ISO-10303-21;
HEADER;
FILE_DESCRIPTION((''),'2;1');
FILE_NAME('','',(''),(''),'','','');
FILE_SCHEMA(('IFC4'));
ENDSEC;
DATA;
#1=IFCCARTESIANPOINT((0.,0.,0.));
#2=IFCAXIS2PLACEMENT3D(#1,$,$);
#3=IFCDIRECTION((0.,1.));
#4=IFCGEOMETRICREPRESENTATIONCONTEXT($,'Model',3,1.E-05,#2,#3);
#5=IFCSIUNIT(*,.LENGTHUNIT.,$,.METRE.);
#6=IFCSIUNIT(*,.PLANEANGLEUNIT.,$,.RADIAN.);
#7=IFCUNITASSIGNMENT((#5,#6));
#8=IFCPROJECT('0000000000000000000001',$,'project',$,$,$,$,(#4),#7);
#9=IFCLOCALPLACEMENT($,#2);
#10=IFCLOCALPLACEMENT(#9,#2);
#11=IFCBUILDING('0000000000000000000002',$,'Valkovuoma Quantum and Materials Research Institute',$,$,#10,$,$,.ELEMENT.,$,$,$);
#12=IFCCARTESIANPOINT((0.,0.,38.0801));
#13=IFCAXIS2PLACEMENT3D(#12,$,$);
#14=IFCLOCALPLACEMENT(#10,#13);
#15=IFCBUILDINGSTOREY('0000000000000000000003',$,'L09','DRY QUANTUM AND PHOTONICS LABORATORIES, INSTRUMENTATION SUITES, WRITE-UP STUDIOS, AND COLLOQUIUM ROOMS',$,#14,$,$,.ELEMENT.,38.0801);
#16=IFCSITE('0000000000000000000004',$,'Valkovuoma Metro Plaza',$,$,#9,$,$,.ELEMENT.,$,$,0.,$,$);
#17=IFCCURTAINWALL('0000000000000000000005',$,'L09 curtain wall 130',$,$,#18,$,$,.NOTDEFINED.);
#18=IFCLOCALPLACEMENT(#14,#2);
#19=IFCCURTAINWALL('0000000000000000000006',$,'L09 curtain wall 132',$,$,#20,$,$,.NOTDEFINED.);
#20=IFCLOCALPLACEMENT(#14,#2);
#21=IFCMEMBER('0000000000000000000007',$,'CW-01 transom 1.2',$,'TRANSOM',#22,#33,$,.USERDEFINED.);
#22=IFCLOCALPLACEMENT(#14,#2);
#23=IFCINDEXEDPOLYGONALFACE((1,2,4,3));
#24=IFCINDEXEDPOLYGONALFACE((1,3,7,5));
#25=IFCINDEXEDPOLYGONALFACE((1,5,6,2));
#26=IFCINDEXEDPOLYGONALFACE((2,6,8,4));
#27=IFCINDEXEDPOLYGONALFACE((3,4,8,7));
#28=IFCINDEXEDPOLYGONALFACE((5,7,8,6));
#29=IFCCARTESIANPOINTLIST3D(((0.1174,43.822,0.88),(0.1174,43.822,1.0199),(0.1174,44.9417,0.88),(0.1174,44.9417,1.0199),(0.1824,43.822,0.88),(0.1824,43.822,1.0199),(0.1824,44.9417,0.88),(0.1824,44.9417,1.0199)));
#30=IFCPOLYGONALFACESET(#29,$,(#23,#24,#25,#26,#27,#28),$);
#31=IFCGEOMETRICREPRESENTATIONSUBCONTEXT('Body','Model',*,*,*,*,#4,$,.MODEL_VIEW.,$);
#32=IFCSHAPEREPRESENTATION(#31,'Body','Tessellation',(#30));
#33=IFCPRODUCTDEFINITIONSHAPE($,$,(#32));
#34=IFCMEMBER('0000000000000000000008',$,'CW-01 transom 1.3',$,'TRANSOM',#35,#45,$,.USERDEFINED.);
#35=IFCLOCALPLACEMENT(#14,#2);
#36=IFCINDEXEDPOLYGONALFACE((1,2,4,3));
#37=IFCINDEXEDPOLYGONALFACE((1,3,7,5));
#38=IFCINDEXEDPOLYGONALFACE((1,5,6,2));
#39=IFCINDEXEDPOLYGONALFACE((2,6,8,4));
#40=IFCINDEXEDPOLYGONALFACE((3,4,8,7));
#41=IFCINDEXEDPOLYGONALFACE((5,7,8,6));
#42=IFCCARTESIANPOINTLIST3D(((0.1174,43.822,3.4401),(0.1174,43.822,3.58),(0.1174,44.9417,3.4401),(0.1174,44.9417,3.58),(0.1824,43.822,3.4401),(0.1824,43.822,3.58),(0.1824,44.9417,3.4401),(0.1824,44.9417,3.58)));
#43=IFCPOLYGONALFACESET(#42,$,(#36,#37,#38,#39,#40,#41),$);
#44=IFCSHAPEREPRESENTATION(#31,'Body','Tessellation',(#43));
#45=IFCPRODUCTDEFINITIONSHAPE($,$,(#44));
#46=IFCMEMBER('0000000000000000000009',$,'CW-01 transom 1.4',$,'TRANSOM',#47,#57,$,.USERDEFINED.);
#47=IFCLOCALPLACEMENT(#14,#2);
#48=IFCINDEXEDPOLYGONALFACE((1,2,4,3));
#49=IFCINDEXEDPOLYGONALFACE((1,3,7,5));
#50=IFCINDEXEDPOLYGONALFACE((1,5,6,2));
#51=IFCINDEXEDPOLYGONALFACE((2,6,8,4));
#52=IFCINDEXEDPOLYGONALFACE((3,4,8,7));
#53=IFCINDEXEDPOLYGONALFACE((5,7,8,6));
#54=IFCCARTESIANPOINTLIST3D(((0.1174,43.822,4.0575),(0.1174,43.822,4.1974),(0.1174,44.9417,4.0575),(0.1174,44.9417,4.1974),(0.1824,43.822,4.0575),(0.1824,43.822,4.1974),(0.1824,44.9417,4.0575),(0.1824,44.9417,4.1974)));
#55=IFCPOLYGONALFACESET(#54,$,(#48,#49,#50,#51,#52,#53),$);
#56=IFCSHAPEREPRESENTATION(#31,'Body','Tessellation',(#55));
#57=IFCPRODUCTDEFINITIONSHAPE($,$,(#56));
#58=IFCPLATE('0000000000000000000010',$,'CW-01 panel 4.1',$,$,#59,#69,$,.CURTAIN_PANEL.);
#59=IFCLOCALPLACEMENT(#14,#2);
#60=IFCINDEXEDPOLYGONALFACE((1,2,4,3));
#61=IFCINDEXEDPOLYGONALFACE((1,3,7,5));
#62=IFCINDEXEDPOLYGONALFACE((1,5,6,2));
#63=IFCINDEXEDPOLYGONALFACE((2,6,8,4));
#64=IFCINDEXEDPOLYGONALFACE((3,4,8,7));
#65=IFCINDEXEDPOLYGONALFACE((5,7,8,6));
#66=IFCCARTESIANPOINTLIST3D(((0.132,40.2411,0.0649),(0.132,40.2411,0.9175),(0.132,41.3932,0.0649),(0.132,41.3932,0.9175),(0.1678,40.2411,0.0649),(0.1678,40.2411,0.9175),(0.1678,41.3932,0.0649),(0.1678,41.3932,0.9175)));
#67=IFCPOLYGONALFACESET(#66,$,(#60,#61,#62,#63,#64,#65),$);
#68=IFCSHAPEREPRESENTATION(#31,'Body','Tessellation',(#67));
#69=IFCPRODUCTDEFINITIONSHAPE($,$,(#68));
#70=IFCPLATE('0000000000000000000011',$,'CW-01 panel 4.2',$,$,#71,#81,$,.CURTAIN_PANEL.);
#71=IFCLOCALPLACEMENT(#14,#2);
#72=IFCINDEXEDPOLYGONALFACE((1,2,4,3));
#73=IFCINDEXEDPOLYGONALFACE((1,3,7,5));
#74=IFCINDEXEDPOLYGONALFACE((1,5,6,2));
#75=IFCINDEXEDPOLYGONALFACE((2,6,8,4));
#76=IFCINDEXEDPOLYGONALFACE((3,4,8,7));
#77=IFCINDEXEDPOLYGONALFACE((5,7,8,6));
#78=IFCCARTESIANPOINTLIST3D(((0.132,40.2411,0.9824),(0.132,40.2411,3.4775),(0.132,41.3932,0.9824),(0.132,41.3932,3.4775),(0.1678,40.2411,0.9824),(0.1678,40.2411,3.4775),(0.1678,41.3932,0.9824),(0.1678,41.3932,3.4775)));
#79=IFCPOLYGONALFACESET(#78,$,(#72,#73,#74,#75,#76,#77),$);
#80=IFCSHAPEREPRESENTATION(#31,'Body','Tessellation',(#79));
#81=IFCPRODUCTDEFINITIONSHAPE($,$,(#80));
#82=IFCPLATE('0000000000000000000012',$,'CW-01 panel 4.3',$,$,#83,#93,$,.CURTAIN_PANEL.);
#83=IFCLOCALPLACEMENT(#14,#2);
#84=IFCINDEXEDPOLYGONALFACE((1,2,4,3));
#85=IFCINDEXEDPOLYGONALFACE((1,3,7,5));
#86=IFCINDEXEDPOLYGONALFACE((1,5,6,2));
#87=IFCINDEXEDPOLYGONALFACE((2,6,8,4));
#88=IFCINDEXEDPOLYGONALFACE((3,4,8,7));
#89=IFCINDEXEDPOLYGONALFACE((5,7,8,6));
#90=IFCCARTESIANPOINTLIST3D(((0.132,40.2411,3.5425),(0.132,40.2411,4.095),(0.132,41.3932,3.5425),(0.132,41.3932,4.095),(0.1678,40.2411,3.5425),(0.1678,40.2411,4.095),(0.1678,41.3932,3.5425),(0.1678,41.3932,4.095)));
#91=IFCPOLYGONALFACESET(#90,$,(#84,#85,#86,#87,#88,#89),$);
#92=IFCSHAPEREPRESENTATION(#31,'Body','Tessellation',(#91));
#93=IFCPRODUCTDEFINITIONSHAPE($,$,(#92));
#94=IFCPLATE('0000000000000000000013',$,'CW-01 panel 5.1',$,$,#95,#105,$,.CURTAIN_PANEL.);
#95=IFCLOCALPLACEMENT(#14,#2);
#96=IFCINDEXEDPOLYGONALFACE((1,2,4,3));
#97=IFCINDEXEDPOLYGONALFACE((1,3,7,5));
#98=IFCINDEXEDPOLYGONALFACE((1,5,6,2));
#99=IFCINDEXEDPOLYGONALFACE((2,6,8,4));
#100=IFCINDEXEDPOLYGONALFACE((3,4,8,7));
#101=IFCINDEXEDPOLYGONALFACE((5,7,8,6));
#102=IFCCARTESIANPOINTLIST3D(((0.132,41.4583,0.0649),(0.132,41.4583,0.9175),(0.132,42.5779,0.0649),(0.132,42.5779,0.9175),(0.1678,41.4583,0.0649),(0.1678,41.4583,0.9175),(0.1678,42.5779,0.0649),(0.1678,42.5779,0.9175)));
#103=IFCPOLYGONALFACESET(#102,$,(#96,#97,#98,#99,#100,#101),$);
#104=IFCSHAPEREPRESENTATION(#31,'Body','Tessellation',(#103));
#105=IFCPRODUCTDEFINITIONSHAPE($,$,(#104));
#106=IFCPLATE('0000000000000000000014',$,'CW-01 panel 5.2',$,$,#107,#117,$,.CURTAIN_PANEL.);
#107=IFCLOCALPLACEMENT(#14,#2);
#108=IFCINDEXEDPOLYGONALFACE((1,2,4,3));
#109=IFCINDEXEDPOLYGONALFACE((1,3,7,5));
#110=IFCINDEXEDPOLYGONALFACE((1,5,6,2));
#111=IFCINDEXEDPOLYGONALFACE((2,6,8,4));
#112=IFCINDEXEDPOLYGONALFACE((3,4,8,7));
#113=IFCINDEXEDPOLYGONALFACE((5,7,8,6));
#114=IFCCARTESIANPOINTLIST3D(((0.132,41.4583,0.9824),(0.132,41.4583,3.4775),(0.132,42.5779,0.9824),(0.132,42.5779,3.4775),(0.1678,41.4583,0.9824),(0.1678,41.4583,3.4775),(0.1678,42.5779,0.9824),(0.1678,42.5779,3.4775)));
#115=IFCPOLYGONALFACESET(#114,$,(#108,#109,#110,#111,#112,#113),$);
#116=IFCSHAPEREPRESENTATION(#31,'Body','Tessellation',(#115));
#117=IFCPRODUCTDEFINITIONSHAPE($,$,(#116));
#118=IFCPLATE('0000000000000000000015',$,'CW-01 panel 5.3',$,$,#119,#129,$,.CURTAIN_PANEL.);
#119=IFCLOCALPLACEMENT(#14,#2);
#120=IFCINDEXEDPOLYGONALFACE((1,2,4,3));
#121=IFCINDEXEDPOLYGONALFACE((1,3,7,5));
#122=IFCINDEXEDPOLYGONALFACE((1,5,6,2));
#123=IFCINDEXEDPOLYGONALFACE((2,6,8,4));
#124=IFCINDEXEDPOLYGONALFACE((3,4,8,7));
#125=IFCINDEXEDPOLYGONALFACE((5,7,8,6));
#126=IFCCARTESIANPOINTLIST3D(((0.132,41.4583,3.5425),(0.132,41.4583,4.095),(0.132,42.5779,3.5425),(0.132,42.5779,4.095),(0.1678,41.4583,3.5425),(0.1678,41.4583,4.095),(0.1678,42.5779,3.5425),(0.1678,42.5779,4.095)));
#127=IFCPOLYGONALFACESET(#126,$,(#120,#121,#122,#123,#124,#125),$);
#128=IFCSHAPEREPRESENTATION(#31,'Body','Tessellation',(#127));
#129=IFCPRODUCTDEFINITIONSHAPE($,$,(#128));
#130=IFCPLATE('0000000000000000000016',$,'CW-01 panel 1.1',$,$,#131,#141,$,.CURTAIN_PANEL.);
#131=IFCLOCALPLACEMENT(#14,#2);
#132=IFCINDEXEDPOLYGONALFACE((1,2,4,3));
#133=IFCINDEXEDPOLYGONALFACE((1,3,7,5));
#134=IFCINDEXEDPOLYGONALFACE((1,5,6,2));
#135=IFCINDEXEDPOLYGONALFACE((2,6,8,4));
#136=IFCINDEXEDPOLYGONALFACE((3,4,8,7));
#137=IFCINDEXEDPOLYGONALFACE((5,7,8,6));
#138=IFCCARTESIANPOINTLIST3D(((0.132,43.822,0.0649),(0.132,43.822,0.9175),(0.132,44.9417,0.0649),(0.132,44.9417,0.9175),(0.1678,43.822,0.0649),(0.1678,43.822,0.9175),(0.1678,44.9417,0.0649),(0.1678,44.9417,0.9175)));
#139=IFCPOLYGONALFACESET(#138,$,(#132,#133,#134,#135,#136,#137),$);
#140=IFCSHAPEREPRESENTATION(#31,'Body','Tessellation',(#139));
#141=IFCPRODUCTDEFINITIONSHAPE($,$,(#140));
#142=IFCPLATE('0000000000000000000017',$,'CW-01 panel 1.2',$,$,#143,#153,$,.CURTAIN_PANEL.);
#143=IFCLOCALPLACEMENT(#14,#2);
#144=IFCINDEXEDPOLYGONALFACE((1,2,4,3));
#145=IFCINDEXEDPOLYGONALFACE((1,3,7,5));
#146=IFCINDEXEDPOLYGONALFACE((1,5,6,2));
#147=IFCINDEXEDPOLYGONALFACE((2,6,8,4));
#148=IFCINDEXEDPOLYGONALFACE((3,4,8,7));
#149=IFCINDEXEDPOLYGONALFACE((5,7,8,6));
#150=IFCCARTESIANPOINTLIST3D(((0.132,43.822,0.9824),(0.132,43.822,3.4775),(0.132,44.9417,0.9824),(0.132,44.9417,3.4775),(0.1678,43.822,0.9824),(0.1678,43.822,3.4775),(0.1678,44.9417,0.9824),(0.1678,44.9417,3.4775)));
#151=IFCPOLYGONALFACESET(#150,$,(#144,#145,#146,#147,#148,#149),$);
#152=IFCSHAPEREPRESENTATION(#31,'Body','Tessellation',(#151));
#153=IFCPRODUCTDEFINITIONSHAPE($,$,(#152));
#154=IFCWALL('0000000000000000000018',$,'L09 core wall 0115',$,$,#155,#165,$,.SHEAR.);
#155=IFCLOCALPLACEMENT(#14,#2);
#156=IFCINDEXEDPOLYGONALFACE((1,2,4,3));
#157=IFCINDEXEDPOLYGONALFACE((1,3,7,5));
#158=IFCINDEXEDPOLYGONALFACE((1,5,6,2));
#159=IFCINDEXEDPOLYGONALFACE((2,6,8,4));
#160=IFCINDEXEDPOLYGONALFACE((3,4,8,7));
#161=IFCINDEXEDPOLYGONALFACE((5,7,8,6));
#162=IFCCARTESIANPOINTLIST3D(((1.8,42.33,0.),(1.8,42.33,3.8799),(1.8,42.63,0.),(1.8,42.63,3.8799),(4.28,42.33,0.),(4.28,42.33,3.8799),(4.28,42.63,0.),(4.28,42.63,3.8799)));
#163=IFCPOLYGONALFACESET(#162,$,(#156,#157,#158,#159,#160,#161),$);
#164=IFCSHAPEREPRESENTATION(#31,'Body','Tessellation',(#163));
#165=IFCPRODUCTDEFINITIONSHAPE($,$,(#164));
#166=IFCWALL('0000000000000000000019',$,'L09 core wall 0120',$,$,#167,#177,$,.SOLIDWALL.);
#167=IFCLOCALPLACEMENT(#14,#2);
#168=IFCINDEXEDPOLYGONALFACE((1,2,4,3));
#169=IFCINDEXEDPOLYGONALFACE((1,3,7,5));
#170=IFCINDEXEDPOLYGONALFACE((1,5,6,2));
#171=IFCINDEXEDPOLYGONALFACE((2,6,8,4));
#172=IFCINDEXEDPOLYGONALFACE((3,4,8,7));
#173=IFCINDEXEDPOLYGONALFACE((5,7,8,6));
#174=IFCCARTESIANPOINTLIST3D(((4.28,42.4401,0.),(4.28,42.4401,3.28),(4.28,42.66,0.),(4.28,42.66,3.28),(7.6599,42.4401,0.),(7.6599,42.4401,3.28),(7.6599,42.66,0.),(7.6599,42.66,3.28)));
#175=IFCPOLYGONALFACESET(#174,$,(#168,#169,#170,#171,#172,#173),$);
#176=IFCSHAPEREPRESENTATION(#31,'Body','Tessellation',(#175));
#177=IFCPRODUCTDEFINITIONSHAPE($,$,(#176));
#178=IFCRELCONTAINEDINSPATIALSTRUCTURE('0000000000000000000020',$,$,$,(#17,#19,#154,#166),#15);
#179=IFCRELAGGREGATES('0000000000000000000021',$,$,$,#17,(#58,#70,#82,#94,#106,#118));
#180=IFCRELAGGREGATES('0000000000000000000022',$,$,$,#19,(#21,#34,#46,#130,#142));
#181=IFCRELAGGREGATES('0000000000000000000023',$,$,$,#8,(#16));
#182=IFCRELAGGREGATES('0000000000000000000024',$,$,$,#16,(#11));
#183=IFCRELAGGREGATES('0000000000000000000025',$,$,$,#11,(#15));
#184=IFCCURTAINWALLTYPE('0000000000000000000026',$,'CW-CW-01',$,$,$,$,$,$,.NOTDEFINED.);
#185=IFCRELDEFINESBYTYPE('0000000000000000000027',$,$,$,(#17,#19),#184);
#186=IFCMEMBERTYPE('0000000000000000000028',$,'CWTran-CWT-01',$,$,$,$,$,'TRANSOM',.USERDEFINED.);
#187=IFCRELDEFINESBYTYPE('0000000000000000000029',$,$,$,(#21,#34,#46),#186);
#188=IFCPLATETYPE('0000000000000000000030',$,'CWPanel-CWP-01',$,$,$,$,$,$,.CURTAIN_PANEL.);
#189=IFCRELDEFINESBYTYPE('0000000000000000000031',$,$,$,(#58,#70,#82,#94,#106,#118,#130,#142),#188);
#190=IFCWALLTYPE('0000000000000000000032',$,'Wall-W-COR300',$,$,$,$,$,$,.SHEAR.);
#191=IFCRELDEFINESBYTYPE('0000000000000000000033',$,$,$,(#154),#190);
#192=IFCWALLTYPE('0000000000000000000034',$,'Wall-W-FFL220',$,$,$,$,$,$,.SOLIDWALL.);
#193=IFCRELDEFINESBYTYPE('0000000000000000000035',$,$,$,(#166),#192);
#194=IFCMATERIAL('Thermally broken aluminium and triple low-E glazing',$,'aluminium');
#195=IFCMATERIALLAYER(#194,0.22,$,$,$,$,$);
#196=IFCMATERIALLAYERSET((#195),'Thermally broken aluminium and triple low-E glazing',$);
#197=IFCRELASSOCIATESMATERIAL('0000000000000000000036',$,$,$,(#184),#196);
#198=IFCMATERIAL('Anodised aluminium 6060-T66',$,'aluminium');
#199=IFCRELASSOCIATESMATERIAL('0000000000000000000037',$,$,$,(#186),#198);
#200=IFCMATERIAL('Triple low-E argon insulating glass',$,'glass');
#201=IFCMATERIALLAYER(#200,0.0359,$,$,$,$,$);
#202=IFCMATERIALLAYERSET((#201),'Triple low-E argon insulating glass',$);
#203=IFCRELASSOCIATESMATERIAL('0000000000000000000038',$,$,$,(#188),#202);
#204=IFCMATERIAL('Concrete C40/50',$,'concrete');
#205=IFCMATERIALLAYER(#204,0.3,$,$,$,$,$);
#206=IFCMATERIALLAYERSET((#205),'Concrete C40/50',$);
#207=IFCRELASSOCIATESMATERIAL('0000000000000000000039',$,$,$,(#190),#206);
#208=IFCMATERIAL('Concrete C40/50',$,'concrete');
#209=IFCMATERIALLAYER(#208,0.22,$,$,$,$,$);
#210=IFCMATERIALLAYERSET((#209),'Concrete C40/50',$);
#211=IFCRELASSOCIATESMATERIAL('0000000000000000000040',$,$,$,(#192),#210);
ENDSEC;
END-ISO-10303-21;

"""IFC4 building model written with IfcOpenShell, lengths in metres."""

from ifc_helpers import new_model, si_unit, direction, frame, frame_2d, origin, origin_2d, place, context, subcontext, project, spatial, rectangle, extrude, material, layer, layer_set, material_profile, profile_set, type_object, element, aggregate, save


model = new_model("IFC4")

# Units and contexts
model_context = context("Model", 3, precision=1e-05, world=origin(), true_north=direction((0.0, 1.0)))
body_context = subcontext(model_context, "Body", "Model", "MODEL_VIEW")
ifc_project = project(units=[si_unit("LENGTHUNIT", "METRE"), si_unit("PLANEANGLEUNIT", "RADIAN")], contexts=[model_context])

# Site, building, storey
site_placement = place(None, origin())
site = spatial("IfcSite", under=ifc_project, at=site_placement, Name="Valkovuoma Metro Plaza", CompositionType="ELEMENT", RefElevation=0.0)
building_placement = place(site_placement, origin())
building = spatial("IfcBuilding", under=site, at=building_placement, Name="Valkovuoma Quantum and Materials Research Institute", CompositionType="ELEMENT")
storey_placement = place(building_placement, frame((0.0, 0.0, 38.0801)))
storey = spatial("IfcBuildingStorey", under=building, at=storey_placement, Name="L09", Description="DRY QUANTUM AND PHOTONICS LABORATORIES, INSTRUMENTATION SUITES, WRITE-UP STUDIOS, AND COLLOQUIUM ROOMS", CompositionType="ELEMENT", Elevation=38.0801)

# Curtain wall
ifc_material_1 = material(Name="Thermally broken aluminium and triple low-E glazing", Category="aluminium")
ifc_layer_1 = layer(ifc_material_1, 0.22)
ifc_layer_set_1 = layer_set([ifc_layer_1], Name="Thermally broken aluminium and triple low-E glazing")
curtain_wall_type = type_object("IfcCurtainWallType", Name="CW-CW-01", PredefinedType="NOTDEFINED", material=ifc_layer_set_1)
curtain_wall_1_placement = place(storey_placement, origin())
curtain_wall_1 = element("IfcCurtainWall", 1, at=curtain_wall_1_placement, inside=storey, type_object=curtain_wall_type, Name="L09 curtain wall 130", PredefinedType="NOTDEFINED")

# Curtain wall
curtain_wall_2_placement = place(storey_placement, origin())
curtain_wall_2 = element("IfcCurtainWall", 2, at=curtain_wall_2_placement, inside=storey, type_object=curtain_wall_type, Name="L09 curtain wall 132", PredefinedType="NOTDEFINED")

# Members
ifc_material_2 = material(Name="Anodised aluminium 6060-T66", Category="aluminium")
ifc_material_profile_1 = material_profile(ifc_material_2, rectangle(XDim=0.0649, YDim=0.1399, at=origin_2d()), Name="Anodised aluminium 6060-T66")
ifc_profile_set_1 = profile_set([ifc_material_profile_1], Name="Anodised aluminium 6060-T66")
member_type_1 = type_object("IfcMemberType", Name="CWTran-CWT-01", ElementType="TRANSOM", PredefinedType="USERDEFINED", material=ifc_profile_set_1)
member_1_placement = place(storey_placement, frame((0.1499, 43.822, 0.95), z_axis=(0.0, 1.0, 0.0), x_axis=(-1.0, 0.0, 0.0)))
member_1 = element("IfcMember", 3, at=member_1_placement, type_object=member_type_1, Name="CW-01 transom 1.2", ObjectType="TRANSOM", PredefinedType="USERDEFINED", context=body_context, shape_type="SweptSolid", body=[
    extrude(rectangle(XDim=0.0649, YDim=0.1399, at=origin_2d()), origin(), (0.0, 0.0, 1.0), 1.1196),
])
member_2_placement = place(storey_placement, frame((0.1499, 43.822, 3.51), z_axis=(0.0, 1.0, 0.0), x_axis=(-1.0, 0.0, 0.0)))
member_2 = element("IfcMember", 4, at=member_2_placement, type_object=member_type_1, Name="CW-01 transom 1.3", ObjectType="TRANSOM", PredefinedType="USERDEFINED", context=body_context, shape_type="SweptSolid", body=[
    extrude(rectangle(XDim=0.0649, YDim=0.1399, at=origin_2d()), origin(), (0.0, 0.0, 1.0), 1.1196),
])
member_3_placement = place(storey_placement, frame((0.1499, 43.822, 4.1274), z_axis=(0.0, 1.0, 0.0), x_axis=(-1.0, 0.0, 0.0)))
member_3 = element("IfcMember", 5, at=member_3_placement, type_object=member_type_1, Name="CW-01 transom 1.4", ObjectType="TRANSOM", PredefinedType="USERDEFINED", context=body_context, shape_type="SweptSolid", body=[
    extrude(rectangle(XDim=0.0649, YDim=0.1399, at=origin_2d()), origin(), (0.0, 0.0, 1.0), 1.1196),
])

# Plates
ifc_material_3 = material(Name="Triple low-E argon insulating glass", Category="glass")
ifc_layer_2 = layer(ifc_material_3, 0.0359)
ifc_layer_set_2 = layer_set([ifc_layer_2], Name="Triple low-E argon insulating glass")
plate_type = type_object("IfcPlateType", Name="CWPanel-CWP-01", PredefinedType="CURTAIN_PANEL", material=ifc_layer_set_2)
plate_1_placement = place(storey_placement, frame((0.1499, 40.8171, 0.0649), z_axis=(0.0, 0.0, 1.0), x_axis=(0.0, 1.0, 0.0)))
plate_1 = element("IfcPlate", 6, at=plate_1_placement, type_object=plate_type, Name="CW-01 panel 4.1", PredefinedType="CURTAIN_PANEL", context=body_context, shape_type="SweptSolid", body=[
    extrude(rectangle(XDim=1.1521, YDim=0.0359, at=origin_2d()), origin(), (0.0, 0.0, 1.0), 0.8525),
])
plate_2_placement = place(storey_placement, frame((0.1499, 40.8171, 0.9824), z_axis=(0.0, 0.0, 1.0), x_axis=(0.0, 1.0, 0.0)))
plate_2 = element("IfcPlate", 7, at=plate_2_placement, type_object=plate_type, Name="CW-01 panel 4.2", PredefinedType="CURTAIN_PANEL", context=body_context, shape_type="SweptSolid", body=[
    extrude(rectangle(XDim=1.1521, YDim=0.0359, at=origin_2d()), origin(), (0.0, 0.0, 1.0), 2.4951),
])
plate_3_placement = place(storey_placement, frame((0.1499, 40.8171, 3.5425), z_axis=(0.0, 0.0, 1.0), x_axis=(0.0, 1.0, 0.0)))
plate_3 = element("IfcPlate", 8, at=plate_3_placement, type_object=plate_type, Name="CW-01 panel 4.3", PredefinedType="CURTAIN_PANEL", context=body_context, shape_type="SweptSolid", body=[
    extrude(rectangle(XDim=1.1521, YDim=0.0359, at=origin_2d()), origin(), (0.0, 0.0, 1.0), 0.5525),
])
plate_4_placement = place(storey_placement, frame((0.1499, 42.0181, 0.0649), z_axis=(0.0, 0.0, 1.0), x_axis=(0.0, 1.0, 0.0)))
plate_4 = element("IfcPlate", 9, at=plate_4_placement, type_object=plate_type, Name="CW-01 panel 5.1", PredefinedType="CURTAIN_PANEL", context=body_context, shape_type="SweptSolid", body=[
    extrude(rectangle(XDim=1.1196, YDim=0.0359, at=origin_2d()), origin(), (0.0, 0.0, 1.0), 0.8525),
])
plate_5_placement = place(storey_placement, frame((0.1499, 42.0181, 0.9824), z_axis=(0.0, 0.0, 1.0), x_axis=(0.0, 1.0, 0.0)))
plate_5 = element("IfcPlate", 10, at=plate_5_placement, type_object=plate_type, Name="CW-01 panel 5.2", PredefinedType="CURTAIN_PANEL", context=body_context, shape_type="SweptSolid", body=[
    extrude(rectangle(XDim=1.1196, YDim=0.0359, at=origin_2d()), origin(), (0.0, 0.0, 1.0), 2.4951),
])
plate_6_placement = place(storey_placement, frame((0.1499, 42.0181, 3.5425), z_axis=(0.0, 0.0, 1.0), x_axis=(0.0, 1.0, 0.0)))
plate_6 = element("IfcPlate", 11, at=plate_6_placement, type_object=plate_type, Name="CW-01 panel 5.3", PredefinedType="CURTAIN_PANEL", context=body_context, shape_type="SweptSolid", body=[
    extrude(rectangle(XDim=1.1196, YDim=0.0359, at=origin_2d()), origin(), (0.0, 0.0, 1.0), 0.5525),
])
aggregate(curtain_wall_1, [plate_1, plate_2, plate_3, plate_4, plate_5, plate_6])
plate_7_placement = place(storey_placement, frame((0.1499, 44.3818, 0.0649), z_axis=(0.0, 0.0, 1.0), x_axis=(0.0, 1.0, 0.0)))
plate_7 = element("IfcPlate", 12, at=plate_7_placement, type_object=plate_type, Name="CW-01 panel 1.1", PredefinedType="CURTAIN_PANEL", context=body_context, shape_type="SweptSolid", body=[
    extrude(rectangle(XDim=1.1196, YDim=0.0359, at=origin_2d()), origin(), (0.0, 0.0, 1.0), 0.8525),
])
plate_8_placement = place(storey_placement, frame((0.1499, 44.3818, 0.9824), z_axis=(0.0, 0.0, 1.0), x_axis=(0.0, 1.0, 0.0)))
plate_8 = element("IfcPlate", 13, at=plate_8_placement, type_object=plate_type, Name="CW-01 panel 1.2", PredefinedType="CURTAIN_PANEL", context=body_context, shape_type="SweptSolid", body=[
    extrude(rectangle(XDim=1.1196, YDim=0.0359, at=origin_2d()), origin(), (0.0, 0.0, 1.0), 2.4951),
])
aggregate(curtain_wall_2, [member_1, member_2, member_3, plate_7, plate_8])

# Walls
ifc_material_4 = material(Name="Concrete C40/50", Category="concrete")
ifc_layer_3 = layer(ifc_material_4, 0.3)
ifc_layer_set_3 = layer_set([ifc_layer_3], Name="Concrete C40/50")
wall_type_1 = type_object("IfcWallType", Name="Wall-W-COR300", PredefinedType="SHEAR", material=ifc_layer_set_3)
wall_1_placement = place(storey_placement, frame((1.8, 42.48, 0.0), z_axis=(0.0, 0.0, 1.0), x_axis=(1.0, 0.0, 0.0)))
element("IfcWall", 14, at=wall_1_placement, inside=storey, type_object=wall_type_1, Name="L09 core wall 0115", PredefinedType="SHEAR", context=body_context, shape_type="SweptSolid", body=[
    extrude(rectangle(XDim=2.48, YDim=0.3, at=frame_2d((1.24, 0.0))), origin(), (0.0, 0.0, 1.0), 3.8799),
])
ifc_material_5 = material(Name="Concrete C40/50", Category="concrete")
ifc_layer_4 = layer(ifc_material_5, 0.22)
ifc_layer_set_4 = layer_set([ifc_layer_4], Name="Concrete C40/50")
wall_type_2 = type_object("IfcWallType", Name="Wall-W-FFL220", PredefinedType="SOLIDWALL", material=ifc_layer_set_4)
wall_2_placement = place(storey_placement, frame((4.28, 42.55, 0.0), z_axis=(0.0, 0.0, 1.0), x_axis=(1.0, 0.0, 0.0)))
element("IfcWall", 15, at=wall_2_placement, inside=storey, type_object=wall_type_2, Name="L09 core wall 0120", PredefinedType="SOLIDWALL", context=body_context, shape_type="SweptSolid", body=[
    extrude(rectangle(XDim=3.3799, YDim=0.22, at=frame_2d((1.6899, 0.0))), origin(), (0.0, 0.0, 1.0), 3.28),
])

save(model, "model.ifc")
